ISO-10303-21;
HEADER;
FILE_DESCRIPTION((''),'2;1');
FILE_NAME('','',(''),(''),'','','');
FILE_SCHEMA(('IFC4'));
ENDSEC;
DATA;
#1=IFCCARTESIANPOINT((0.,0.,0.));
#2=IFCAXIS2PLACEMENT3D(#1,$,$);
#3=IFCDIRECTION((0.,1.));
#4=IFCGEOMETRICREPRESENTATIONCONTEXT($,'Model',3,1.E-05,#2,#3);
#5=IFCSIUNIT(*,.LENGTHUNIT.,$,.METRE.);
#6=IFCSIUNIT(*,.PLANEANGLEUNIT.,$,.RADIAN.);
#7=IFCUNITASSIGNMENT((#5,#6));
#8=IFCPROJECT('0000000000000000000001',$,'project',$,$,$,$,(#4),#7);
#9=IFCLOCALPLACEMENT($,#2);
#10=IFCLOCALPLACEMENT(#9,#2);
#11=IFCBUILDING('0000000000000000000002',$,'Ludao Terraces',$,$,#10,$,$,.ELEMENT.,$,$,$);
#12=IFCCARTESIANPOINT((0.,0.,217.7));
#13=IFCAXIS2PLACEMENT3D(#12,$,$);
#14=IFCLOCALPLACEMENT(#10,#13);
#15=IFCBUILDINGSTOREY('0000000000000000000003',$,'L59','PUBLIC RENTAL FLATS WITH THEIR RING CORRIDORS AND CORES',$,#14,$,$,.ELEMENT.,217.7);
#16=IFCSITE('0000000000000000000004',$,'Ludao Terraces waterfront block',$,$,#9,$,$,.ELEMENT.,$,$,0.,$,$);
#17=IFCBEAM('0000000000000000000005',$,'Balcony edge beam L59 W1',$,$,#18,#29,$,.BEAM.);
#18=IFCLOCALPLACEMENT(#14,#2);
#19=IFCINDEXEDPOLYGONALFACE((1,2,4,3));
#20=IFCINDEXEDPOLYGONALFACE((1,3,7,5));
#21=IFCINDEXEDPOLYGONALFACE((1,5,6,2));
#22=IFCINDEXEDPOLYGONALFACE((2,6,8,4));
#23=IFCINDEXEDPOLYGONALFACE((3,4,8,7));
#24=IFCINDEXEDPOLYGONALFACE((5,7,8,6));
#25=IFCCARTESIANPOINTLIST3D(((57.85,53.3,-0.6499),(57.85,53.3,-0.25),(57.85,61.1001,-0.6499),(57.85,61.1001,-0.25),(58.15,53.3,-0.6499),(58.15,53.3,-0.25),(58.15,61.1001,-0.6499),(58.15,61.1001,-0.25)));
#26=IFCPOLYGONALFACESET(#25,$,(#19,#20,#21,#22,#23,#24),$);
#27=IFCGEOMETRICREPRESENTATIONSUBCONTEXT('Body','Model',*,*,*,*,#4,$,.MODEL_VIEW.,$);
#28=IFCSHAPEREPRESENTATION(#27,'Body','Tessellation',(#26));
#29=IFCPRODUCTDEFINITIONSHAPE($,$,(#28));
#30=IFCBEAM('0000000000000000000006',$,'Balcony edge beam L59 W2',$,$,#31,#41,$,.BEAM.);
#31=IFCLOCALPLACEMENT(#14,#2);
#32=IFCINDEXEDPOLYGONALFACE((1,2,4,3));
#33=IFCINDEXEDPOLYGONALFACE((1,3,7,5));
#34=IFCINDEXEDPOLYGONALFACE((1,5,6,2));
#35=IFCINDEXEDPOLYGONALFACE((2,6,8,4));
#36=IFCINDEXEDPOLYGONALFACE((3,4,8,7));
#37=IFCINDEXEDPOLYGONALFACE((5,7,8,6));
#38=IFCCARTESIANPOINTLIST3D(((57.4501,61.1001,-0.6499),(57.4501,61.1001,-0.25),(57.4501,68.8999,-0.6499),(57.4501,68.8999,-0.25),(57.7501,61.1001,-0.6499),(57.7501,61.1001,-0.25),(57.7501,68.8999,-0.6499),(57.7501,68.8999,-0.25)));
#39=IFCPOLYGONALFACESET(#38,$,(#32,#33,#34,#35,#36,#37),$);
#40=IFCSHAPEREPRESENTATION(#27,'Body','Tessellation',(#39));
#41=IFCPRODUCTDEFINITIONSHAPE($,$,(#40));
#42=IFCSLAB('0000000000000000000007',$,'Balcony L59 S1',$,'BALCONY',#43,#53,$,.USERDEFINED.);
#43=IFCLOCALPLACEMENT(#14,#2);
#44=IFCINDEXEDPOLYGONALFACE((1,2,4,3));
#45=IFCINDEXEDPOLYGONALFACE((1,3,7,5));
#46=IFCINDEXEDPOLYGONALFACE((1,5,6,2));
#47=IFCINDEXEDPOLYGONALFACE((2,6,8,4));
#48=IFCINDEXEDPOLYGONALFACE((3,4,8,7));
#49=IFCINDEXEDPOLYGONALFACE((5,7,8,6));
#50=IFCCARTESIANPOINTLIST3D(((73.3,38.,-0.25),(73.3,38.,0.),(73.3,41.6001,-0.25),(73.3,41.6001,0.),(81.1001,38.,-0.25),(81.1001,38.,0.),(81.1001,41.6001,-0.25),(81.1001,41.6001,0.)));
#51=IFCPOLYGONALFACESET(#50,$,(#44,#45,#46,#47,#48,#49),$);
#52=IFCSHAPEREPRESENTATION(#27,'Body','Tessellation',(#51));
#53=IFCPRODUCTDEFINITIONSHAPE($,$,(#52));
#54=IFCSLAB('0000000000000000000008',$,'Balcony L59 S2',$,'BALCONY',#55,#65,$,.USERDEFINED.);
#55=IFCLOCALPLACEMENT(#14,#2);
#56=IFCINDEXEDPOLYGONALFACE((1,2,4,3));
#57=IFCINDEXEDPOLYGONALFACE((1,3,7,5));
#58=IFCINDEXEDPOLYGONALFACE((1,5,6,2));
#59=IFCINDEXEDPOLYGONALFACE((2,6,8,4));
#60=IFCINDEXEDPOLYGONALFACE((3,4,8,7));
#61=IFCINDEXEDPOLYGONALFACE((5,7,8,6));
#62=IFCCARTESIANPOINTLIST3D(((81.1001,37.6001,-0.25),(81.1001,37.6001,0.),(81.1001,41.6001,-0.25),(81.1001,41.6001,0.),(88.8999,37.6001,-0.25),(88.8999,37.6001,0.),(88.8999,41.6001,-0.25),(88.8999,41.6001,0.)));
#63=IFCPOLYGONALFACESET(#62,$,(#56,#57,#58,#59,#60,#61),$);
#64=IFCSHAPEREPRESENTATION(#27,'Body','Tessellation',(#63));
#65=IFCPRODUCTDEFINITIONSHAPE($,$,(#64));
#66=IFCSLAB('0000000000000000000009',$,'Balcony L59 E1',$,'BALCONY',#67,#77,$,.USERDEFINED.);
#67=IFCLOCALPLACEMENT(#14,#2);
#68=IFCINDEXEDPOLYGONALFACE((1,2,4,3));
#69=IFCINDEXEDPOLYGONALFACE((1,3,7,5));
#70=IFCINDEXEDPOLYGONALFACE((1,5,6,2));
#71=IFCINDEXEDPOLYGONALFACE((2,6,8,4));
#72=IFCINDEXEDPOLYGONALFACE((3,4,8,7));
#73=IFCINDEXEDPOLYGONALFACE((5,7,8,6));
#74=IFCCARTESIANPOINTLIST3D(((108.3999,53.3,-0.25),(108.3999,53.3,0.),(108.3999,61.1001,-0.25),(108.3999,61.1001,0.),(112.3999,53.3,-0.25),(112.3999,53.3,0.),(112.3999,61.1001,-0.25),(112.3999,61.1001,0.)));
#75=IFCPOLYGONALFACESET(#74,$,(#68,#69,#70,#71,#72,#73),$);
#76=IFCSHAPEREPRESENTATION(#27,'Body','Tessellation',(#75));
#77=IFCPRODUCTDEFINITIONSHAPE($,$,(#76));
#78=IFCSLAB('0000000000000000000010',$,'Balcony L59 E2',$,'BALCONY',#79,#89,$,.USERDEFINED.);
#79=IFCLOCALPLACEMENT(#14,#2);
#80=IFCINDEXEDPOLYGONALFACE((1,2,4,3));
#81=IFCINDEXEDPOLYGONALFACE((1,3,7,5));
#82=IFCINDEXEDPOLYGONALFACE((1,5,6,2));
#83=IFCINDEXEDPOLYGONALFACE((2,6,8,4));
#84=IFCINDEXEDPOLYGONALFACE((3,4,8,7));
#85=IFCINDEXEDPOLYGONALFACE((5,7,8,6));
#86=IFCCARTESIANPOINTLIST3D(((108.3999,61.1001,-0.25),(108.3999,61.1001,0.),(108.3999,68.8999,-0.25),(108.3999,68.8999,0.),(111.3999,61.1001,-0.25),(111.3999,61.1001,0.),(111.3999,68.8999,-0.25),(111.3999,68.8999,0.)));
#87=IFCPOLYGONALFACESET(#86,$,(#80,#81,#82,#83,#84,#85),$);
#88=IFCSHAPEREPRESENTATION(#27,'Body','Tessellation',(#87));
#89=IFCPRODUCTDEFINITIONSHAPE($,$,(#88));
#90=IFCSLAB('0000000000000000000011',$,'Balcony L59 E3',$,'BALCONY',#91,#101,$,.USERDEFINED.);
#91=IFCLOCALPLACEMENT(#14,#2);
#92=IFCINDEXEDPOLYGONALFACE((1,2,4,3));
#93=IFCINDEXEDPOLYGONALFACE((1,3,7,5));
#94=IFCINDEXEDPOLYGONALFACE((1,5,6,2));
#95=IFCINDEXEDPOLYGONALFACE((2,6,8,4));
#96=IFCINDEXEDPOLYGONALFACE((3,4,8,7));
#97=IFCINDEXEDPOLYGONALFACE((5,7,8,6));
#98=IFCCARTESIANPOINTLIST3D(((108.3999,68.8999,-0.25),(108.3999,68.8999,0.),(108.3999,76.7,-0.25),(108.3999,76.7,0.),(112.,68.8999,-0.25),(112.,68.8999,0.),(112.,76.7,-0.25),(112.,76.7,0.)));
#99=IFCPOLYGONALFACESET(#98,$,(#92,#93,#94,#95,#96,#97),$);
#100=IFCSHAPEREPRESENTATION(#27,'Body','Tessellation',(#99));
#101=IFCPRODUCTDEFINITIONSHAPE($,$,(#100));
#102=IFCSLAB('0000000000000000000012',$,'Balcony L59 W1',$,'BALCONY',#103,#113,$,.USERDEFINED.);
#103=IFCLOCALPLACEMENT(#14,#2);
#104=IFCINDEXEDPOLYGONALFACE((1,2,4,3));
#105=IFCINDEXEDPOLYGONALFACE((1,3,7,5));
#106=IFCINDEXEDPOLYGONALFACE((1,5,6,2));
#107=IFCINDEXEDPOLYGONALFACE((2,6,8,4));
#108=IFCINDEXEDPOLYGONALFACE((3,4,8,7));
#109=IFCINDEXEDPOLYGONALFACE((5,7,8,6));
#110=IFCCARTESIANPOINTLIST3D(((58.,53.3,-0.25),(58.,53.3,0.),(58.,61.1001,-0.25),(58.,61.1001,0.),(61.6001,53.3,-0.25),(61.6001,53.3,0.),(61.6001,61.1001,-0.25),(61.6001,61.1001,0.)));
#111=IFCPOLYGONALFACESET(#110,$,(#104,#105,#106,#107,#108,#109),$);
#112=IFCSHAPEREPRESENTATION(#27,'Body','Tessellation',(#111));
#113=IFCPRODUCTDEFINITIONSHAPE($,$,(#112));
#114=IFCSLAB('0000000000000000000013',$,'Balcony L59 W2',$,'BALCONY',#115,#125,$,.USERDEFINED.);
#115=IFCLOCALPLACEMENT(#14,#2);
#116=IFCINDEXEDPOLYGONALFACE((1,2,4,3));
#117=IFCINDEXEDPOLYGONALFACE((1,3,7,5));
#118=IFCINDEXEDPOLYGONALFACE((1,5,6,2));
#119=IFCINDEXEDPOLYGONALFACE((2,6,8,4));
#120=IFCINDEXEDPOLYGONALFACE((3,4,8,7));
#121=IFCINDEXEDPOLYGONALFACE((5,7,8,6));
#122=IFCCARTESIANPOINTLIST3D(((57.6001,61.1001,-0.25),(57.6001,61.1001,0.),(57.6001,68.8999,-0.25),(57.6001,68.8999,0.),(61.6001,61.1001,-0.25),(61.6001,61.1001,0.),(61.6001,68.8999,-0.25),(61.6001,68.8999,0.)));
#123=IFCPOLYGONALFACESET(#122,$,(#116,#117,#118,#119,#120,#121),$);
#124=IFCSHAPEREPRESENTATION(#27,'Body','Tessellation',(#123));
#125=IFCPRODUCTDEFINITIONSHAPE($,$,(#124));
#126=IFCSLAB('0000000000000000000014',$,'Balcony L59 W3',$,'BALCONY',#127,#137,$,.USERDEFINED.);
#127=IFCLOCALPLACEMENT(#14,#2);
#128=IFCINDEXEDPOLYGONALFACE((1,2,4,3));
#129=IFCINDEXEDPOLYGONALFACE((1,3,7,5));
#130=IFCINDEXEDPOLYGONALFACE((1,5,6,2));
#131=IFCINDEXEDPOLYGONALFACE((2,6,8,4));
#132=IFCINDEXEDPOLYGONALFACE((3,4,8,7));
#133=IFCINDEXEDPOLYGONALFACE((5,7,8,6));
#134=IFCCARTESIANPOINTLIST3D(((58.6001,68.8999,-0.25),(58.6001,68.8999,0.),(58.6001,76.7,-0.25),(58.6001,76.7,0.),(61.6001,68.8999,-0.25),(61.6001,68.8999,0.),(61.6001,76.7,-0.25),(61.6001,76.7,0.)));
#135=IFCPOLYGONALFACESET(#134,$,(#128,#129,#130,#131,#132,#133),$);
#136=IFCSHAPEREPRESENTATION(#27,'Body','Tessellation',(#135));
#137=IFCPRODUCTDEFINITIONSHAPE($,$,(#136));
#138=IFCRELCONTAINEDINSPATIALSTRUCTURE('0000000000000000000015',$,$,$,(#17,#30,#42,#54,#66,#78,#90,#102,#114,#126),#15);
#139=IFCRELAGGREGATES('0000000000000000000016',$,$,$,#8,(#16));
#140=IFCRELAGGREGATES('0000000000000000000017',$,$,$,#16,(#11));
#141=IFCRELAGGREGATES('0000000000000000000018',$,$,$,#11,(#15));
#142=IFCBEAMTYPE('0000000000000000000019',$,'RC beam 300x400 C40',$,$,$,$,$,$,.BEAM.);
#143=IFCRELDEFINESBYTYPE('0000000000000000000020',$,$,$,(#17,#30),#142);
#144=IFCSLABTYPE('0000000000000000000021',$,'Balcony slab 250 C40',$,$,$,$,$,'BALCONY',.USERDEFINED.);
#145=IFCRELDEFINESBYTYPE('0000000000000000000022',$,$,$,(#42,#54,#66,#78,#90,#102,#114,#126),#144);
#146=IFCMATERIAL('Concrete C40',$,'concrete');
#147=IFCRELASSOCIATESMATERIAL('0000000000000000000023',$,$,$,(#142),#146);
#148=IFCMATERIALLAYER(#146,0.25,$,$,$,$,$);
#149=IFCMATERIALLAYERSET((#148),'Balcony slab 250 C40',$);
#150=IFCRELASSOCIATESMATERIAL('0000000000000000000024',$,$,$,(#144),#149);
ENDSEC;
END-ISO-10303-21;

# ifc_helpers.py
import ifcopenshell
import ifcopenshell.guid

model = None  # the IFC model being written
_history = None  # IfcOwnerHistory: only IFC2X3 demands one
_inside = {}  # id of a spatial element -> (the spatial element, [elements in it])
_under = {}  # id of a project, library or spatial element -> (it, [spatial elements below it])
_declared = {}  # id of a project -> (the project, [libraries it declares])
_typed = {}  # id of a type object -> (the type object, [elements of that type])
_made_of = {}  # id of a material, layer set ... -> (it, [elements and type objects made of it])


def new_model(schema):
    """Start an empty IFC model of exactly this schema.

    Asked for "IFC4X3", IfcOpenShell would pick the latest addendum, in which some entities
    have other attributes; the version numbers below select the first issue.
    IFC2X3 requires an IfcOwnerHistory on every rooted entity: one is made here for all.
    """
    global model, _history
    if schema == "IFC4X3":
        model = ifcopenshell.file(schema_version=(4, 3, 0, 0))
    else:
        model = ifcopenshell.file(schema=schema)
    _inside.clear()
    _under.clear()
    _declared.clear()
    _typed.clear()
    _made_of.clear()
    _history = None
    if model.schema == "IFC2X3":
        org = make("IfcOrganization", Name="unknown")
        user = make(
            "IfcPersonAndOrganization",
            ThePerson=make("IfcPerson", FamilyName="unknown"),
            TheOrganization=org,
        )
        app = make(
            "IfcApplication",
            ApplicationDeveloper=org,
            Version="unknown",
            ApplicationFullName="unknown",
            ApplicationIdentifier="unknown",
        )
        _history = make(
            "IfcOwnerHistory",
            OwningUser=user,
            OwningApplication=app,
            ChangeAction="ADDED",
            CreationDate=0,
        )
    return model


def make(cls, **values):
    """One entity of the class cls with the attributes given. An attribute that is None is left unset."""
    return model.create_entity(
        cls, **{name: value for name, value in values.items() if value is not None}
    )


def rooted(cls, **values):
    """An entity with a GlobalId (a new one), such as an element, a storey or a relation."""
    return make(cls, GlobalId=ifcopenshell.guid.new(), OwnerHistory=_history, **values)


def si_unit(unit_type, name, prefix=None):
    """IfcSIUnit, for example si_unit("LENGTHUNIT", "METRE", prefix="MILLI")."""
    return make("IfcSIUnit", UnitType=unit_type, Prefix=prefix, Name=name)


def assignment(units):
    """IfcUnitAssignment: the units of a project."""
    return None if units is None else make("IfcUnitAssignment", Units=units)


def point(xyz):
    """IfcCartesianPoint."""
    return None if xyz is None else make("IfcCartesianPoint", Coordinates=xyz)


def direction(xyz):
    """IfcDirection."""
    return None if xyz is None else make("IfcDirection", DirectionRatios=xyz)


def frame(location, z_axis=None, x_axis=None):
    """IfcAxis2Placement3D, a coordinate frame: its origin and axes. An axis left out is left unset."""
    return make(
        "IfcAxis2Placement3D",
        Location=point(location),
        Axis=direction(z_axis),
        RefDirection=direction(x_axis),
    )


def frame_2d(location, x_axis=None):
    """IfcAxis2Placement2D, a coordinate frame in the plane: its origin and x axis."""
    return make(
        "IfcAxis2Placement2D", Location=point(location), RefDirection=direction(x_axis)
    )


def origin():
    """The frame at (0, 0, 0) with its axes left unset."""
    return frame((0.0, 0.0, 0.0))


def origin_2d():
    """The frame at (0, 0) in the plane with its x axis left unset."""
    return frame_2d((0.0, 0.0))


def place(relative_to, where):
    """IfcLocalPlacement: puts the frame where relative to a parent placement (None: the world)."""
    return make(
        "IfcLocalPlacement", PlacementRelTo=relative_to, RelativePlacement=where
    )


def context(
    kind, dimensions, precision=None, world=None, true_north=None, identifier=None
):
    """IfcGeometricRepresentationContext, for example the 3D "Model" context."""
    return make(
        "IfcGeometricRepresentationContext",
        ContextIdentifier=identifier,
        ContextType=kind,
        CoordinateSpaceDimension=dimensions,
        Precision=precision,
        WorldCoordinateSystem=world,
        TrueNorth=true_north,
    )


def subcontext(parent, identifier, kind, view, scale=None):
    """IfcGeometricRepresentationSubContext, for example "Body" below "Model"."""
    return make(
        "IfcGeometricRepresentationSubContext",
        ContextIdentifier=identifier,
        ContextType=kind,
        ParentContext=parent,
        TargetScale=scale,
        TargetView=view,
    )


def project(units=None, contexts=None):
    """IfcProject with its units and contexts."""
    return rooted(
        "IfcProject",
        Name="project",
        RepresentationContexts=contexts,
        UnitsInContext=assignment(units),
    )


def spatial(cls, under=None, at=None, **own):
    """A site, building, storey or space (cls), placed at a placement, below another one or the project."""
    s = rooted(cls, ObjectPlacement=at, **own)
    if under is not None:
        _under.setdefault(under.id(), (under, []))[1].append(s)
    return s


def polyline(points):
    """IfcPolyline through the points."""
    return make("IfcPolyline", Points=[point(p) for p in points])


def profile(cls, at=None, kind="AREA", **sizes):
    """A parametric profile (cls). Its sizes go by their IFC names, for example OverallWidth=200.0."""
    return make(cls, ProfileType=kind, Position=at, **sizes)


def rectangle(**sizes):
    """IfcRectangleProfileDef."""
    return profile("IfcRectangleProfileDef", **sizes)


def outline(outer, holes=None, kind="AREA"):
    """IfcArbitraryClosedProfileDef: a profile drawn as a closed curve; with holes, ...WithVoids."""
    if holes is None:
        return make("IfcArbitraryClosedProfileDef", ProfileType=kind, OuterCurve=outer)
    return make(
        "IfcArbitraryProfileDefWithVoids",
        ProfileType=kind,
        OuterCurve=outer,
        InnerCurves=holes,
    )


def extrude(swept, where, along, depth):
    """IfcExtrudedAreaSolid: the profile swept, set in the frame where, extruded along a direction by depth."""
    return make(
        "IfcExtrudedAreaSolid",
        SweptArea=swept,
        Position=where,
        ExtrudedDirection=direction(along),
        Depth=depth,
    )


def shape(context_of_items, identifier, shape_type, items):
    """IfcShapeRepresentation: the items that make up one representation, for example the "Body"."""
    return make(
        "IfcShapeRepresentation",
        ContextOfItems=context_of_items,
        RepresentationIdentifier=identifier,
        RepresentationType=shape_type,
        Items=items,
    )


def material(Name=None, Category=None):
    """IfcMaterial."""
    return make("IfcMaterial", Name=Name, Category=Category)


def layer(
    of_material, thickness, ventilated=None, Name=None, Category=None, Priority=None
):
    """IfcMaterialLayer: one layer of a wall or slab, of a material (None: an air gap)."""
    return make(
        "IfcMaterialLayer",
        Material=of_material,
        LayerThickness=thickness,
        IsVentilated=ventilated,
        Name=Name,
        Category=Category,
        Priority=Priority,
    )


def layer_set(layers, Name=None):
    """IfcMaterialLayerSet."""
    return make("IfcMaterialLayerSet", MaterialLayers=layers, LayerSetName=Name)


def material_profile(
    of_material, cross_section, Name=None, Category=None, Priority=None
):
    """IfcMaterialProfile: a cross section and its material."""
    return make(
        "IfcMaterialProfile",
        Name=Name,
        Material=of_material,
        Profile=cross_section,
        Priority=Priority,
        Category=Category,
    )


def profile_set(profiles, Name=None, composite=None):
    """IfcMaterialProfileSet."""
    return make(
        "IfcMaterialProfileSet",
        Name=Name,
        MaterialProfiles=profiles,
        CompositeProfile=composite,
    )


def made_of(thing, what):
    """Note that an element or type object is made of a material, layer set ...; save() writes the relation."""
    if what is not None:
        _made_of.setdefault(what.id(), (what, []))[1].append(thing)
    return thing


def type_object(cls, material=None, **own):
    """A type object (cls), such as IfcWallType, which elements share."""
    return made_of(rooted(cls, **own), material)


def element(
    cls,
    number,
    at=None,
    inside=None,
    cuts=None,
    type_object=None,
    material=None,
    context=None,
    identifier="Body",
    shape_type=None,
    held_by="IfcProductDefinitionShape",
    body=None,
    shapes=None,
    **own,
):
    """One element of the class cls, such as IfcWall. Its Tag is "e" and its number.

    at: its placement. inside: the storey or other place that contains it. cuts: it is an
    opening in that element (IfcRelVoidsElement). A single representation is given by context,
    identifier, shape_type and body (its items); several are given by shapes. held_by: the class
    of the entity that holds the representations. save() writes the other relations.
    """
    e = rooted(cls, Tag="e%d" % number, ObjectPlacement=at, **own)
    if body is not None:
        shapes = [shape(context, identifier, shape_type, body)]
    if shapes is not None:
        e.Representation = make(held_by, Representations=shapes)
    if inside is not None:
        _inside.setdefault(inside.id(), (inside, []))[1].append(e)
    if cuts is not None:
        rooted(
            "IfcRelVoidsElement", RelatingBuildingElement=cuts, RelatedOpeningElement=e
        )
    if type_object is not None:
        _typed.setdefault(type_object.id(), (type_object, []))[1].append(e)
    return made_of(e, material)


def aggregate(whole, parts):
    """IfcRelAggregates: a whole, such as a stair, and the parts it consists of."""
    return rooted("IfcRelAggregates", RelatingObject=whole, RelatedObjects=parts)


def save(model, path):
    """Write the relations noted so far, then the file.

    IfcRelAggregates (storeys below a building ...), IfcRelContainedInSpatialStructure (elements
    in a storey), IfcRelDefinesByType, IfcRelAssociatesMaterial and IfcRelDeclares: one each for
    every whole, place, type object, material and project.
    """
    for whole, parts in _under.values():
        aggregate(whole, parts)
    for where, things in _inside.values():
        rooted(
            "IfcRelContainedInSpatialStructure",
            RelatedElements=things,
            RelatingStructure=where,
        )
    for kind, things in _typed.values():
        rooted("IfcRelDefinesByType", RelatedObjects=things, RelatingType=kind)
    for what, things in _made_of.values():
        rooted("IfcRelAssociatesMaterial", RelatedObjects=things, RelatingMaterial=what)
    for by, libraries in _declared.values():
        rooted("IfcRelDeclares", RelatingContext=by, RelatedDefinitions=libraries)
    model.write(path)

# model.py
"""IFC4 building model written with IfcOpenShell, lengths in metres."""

from ifc_helpers import new_model, si_unit, direction, frame, origin, origin_2d, place, context, subcontext, project, spatial, polyline, rectangle, outline, extrude, material, layer, layer_set, material_profile, profile_set, type_object, element, save


model = new_model("IFC4")

# Units and contexts
model_context = context("Model", 3, precision=1e-05, world=origin(), true_north=direction((0.0, 1.0)))
body_context = subcontext(model_context, "Body", "Model", "MODEL_VIEW")
ifc_project = project(units=[si_unit("LENGTHUNIT", "METRE"), si_unit("PLANEANGLEUNIT", "RADIAN")], contexts=[model_context])

# Site, building, storey
site_placement = place(None, origin())
site = spatial("IfcSite", under=ifc_project, at=site_placement, Name="Ludao Terraces waterfront block", CompositionType="ELEMENT", RefElevation=0.0)
building_placement = place(site_placement, origin())
building = spatial("IfcBuilding", under=site, at=building_placement, Name="Ludao Terraces", CompositionType="ELEMENT")
storey_placement = place(building_placement, frame((0.0, 0.0, 217.7)))
storey = spatial("IfcBuildingStorey", under=building, at=storey_placement, Name="L59", Description="PUBLIC RENTAL FLATS WITH THEIR RING CORRIDORS AND CORES", CompositionType="ELEMENT", Elevation=217.7)

# Beams
ifc_material_1 = material(Name="Concrete C40", Category="concrete")
ifc_material_profile = material_profile(ifc_material_1, rectangle(XDim=0.3, YDim=0.3999, at=origin_2d()), Name="300 X 400")
ifc_profile_set = profile_set([ifc_material_profile], Name="Concrete C40")
beam_type = type_object("IfcBeamType", Name="RC beam 300x400 C40", PredefinedType="BEAM", material=ifc_profile_set)
beam_1_placement = place(storey_placement, frame((58.0, 53.3, -0.45), z_axis=(0.0, 1.0, 0.0), x_axis=(-1.0, 0.0, 0.0)))
element("IfcBeam", 1, at=beam_1_placement, inside=storey, type_object=beam_type, Name="Balcony edge beam L59 W1", PredefinedType="BEAM", context=body_context, shape_type="SweptSolid", body=[
    extrude(rectangle(XDim=0.3, YDim=0.3999, at=origin_2d()), origin(), (0.0, 0.0, 1.0), 7.8),
])
beam_2_placement = place(storey_placement, frame((57.6001, 61.1001, -0.45), z_axis=(0.0, 1.0, 0.0), x_axis=(-1.0, 0.0, 0.0)))
element("IfcBeam", 2, at=beam_2_placement, inside=storey, type_object=beam_type, Name="Balcony edge beam L59 W2", PredefinedType="BEAM", context=body_context, shape_type="SweptSolid", body=[
    extrude(rectangle(XDim=0.3, YDim=0.3999, at=origin_2d()), origin(), (0.0, 0.0, 1.0), 7.7998),
])

# Slabs
ifc_layer_1 = layer(ifc_material_1, 0.25)
ifc_layer_set_1 = layer_set([ifc_layer_1], Name="Balcony slab 250 C40")
slab_type_1 = type_object("IfcSlabType", Name="Balcony slab 250 C40", ElementType="BALCONY", PredefinedType="USERDEFINED", material=ifc_layer_set_1)
slab_1_placement = place(storey_placement, frame((0.0, 0.0, -0.25)))
element("IfcSlab", 3, at=slab_1_placement, inside=storey, type_object=slab_type_1, Name="Balcony L59 S1", ObjectType="BALCONY", PredefinedType="USERDEFINED", context=body_context, shape_type="SweptSolid", body=[
    extrude(outline(polyline([(73.3, 38.0), (81.1001, 38.0), (81.1001, 41.6001), (73.3, 41.6001), (73.3, 38.0)])), origin(), (0.0, 0.0, 1.0), 0.25),
])
slab_2_placement = place(storey_placement, frame((0.0, 0.0, -0.25)))
element("IfcSlab", 4, at=slab_2_placement, inside=storey, type_object=slab_type_1, Name="Balcony L59 S2", ObjectType="BALCONY", PredefinedType="USERDEFINED", context=body_context, shape_type="SweptSolid", body=[
    extrude(outline(polyline([(81.1001, 37.6001), (88.8999, 37.6001), (88.8999, 41.6001), (81.1001, 41.6001), (81.1001, 37.6001)])), origin(), (0.0, 0.0, 1.0), 0.25),
])
slab_3_placement = place(storey_placement, frame((0.0, 0.0, -0.25)))
element("IfcSlab", 5, at=slab_3_placement, inside=storey, type_object=slab_type_1, Name="Balcony L59 E1", ObjectType="BALCONY", PredefinedType="USERDEFINED", context=body_context, shape_type="SweptSolid", body=[
    extrude(outline(polyline([(108.3999, 53.3), (112.3999, 53.3), (112.3999, 61.1001), (108.3999, 61.1001), (108.3999, 53.3)])), origin(), (0.0, 0.0, 1.0), 0.25),
])
slab_4_placement = place(storey_placement, frame((0.0, 0.0, -0.25)))
element("IfcSlab", 6, at=slab_4_placement, inside=storey, type_object=slab_type_1, Name="Balcony L59 E2", ObjectType="BALCONY", PredefinedType="USERDEFINED", context=body_context, shape_type="SweptSolid", body=[
    extrude(outline(polyline([(108.3999, 61.1001), (111.3999, 61.1001), (111.3999, 68.8999), (108.3999, 68.8999), (108.3999, 61.1001)])), origin(), (0.0, 0.0, 1.0), 0.25),
])
slab_5_placement = place(storey_placement, frame((0.0, 0.0, -0.25)))
element("IfcSlab", 7, at=slab_5_placement, inside=storey, type_object=slab_type_1, Name="Balcony L59 E3", ObjectType="BALCONY", PredefinedType="USERDEFINED", context=body_context, shape_type="SweptSolid", body=[
    extrude(outline(polyline([(108.3999, 68.8999), (112.0, 68.8999), (112.0, 76.7), (108.3999, 76.7), (108.3999, 68.8999)])), origin(), (0.0, 0.0, 1.0), 0.25),
])
slab_6_placement = place(storey_placement, frame((0.0, 0.0, -0.25)))
element("IfcSlab", 8, at=slab_6_placement, inside=storey, type_object=slab_type_1, Name="Balcony L59 W1", ObjectType="BALCONY", PredefinedType="USERDEFINED", context=body_context, shape_type="SweptSolid", body=[
    extrude(outline(polyline([(58.0, 53.3), (61.6001, 53.3), (61.6001, 61.1001), (58.0, 61.1001), (58.0, 53.3)])), origin(), (0.0, 0.0, 1.0), 0.25),
])
slab_7_placement = place(storey_placement, frame((0.0, 0.0, -0.25)))
element("IfcSlab", 9, at=slab_7_placement, inside=storey, type_object=slab_type_1, Name="Balcony L59 W2", ObjectType="BALCONY", PredefinedType="USERDEFINED", context=body_context, shape_type="SweptSolid", body=[
    extrude(outline(polyline([(57.6001, 61.1001), (61.6001, 61.1001), (61.6001, 68.8999), (57.6001, 68.8999), (57.6001, 61.1001)])), origin(), (0.0, 0.0, 1.0), 0.25),
])
slab_8_placement = place(storey_placement, frame((0.0, 0.0, -0.25)))
element("IfcSlab", 10, at=slab_8_placement, inside=storey, type_object=slab_type_1, Name="Balcony L59 W3", ObjectType="BALCONY", PredefinedType="USERDEFINED", context=body_context, shape_type="SweptSolid", body=[
    extrude(outline(polyline([(58.6001, 68.8999), (61.6001, 68.8999), (61.6001, 76.7), (58.6001, 76.7), (58.6001, 68.8999)])), origin(), (0.0, 0.0, 1.0), 0.25),
])

save(model, "model.ifc")
